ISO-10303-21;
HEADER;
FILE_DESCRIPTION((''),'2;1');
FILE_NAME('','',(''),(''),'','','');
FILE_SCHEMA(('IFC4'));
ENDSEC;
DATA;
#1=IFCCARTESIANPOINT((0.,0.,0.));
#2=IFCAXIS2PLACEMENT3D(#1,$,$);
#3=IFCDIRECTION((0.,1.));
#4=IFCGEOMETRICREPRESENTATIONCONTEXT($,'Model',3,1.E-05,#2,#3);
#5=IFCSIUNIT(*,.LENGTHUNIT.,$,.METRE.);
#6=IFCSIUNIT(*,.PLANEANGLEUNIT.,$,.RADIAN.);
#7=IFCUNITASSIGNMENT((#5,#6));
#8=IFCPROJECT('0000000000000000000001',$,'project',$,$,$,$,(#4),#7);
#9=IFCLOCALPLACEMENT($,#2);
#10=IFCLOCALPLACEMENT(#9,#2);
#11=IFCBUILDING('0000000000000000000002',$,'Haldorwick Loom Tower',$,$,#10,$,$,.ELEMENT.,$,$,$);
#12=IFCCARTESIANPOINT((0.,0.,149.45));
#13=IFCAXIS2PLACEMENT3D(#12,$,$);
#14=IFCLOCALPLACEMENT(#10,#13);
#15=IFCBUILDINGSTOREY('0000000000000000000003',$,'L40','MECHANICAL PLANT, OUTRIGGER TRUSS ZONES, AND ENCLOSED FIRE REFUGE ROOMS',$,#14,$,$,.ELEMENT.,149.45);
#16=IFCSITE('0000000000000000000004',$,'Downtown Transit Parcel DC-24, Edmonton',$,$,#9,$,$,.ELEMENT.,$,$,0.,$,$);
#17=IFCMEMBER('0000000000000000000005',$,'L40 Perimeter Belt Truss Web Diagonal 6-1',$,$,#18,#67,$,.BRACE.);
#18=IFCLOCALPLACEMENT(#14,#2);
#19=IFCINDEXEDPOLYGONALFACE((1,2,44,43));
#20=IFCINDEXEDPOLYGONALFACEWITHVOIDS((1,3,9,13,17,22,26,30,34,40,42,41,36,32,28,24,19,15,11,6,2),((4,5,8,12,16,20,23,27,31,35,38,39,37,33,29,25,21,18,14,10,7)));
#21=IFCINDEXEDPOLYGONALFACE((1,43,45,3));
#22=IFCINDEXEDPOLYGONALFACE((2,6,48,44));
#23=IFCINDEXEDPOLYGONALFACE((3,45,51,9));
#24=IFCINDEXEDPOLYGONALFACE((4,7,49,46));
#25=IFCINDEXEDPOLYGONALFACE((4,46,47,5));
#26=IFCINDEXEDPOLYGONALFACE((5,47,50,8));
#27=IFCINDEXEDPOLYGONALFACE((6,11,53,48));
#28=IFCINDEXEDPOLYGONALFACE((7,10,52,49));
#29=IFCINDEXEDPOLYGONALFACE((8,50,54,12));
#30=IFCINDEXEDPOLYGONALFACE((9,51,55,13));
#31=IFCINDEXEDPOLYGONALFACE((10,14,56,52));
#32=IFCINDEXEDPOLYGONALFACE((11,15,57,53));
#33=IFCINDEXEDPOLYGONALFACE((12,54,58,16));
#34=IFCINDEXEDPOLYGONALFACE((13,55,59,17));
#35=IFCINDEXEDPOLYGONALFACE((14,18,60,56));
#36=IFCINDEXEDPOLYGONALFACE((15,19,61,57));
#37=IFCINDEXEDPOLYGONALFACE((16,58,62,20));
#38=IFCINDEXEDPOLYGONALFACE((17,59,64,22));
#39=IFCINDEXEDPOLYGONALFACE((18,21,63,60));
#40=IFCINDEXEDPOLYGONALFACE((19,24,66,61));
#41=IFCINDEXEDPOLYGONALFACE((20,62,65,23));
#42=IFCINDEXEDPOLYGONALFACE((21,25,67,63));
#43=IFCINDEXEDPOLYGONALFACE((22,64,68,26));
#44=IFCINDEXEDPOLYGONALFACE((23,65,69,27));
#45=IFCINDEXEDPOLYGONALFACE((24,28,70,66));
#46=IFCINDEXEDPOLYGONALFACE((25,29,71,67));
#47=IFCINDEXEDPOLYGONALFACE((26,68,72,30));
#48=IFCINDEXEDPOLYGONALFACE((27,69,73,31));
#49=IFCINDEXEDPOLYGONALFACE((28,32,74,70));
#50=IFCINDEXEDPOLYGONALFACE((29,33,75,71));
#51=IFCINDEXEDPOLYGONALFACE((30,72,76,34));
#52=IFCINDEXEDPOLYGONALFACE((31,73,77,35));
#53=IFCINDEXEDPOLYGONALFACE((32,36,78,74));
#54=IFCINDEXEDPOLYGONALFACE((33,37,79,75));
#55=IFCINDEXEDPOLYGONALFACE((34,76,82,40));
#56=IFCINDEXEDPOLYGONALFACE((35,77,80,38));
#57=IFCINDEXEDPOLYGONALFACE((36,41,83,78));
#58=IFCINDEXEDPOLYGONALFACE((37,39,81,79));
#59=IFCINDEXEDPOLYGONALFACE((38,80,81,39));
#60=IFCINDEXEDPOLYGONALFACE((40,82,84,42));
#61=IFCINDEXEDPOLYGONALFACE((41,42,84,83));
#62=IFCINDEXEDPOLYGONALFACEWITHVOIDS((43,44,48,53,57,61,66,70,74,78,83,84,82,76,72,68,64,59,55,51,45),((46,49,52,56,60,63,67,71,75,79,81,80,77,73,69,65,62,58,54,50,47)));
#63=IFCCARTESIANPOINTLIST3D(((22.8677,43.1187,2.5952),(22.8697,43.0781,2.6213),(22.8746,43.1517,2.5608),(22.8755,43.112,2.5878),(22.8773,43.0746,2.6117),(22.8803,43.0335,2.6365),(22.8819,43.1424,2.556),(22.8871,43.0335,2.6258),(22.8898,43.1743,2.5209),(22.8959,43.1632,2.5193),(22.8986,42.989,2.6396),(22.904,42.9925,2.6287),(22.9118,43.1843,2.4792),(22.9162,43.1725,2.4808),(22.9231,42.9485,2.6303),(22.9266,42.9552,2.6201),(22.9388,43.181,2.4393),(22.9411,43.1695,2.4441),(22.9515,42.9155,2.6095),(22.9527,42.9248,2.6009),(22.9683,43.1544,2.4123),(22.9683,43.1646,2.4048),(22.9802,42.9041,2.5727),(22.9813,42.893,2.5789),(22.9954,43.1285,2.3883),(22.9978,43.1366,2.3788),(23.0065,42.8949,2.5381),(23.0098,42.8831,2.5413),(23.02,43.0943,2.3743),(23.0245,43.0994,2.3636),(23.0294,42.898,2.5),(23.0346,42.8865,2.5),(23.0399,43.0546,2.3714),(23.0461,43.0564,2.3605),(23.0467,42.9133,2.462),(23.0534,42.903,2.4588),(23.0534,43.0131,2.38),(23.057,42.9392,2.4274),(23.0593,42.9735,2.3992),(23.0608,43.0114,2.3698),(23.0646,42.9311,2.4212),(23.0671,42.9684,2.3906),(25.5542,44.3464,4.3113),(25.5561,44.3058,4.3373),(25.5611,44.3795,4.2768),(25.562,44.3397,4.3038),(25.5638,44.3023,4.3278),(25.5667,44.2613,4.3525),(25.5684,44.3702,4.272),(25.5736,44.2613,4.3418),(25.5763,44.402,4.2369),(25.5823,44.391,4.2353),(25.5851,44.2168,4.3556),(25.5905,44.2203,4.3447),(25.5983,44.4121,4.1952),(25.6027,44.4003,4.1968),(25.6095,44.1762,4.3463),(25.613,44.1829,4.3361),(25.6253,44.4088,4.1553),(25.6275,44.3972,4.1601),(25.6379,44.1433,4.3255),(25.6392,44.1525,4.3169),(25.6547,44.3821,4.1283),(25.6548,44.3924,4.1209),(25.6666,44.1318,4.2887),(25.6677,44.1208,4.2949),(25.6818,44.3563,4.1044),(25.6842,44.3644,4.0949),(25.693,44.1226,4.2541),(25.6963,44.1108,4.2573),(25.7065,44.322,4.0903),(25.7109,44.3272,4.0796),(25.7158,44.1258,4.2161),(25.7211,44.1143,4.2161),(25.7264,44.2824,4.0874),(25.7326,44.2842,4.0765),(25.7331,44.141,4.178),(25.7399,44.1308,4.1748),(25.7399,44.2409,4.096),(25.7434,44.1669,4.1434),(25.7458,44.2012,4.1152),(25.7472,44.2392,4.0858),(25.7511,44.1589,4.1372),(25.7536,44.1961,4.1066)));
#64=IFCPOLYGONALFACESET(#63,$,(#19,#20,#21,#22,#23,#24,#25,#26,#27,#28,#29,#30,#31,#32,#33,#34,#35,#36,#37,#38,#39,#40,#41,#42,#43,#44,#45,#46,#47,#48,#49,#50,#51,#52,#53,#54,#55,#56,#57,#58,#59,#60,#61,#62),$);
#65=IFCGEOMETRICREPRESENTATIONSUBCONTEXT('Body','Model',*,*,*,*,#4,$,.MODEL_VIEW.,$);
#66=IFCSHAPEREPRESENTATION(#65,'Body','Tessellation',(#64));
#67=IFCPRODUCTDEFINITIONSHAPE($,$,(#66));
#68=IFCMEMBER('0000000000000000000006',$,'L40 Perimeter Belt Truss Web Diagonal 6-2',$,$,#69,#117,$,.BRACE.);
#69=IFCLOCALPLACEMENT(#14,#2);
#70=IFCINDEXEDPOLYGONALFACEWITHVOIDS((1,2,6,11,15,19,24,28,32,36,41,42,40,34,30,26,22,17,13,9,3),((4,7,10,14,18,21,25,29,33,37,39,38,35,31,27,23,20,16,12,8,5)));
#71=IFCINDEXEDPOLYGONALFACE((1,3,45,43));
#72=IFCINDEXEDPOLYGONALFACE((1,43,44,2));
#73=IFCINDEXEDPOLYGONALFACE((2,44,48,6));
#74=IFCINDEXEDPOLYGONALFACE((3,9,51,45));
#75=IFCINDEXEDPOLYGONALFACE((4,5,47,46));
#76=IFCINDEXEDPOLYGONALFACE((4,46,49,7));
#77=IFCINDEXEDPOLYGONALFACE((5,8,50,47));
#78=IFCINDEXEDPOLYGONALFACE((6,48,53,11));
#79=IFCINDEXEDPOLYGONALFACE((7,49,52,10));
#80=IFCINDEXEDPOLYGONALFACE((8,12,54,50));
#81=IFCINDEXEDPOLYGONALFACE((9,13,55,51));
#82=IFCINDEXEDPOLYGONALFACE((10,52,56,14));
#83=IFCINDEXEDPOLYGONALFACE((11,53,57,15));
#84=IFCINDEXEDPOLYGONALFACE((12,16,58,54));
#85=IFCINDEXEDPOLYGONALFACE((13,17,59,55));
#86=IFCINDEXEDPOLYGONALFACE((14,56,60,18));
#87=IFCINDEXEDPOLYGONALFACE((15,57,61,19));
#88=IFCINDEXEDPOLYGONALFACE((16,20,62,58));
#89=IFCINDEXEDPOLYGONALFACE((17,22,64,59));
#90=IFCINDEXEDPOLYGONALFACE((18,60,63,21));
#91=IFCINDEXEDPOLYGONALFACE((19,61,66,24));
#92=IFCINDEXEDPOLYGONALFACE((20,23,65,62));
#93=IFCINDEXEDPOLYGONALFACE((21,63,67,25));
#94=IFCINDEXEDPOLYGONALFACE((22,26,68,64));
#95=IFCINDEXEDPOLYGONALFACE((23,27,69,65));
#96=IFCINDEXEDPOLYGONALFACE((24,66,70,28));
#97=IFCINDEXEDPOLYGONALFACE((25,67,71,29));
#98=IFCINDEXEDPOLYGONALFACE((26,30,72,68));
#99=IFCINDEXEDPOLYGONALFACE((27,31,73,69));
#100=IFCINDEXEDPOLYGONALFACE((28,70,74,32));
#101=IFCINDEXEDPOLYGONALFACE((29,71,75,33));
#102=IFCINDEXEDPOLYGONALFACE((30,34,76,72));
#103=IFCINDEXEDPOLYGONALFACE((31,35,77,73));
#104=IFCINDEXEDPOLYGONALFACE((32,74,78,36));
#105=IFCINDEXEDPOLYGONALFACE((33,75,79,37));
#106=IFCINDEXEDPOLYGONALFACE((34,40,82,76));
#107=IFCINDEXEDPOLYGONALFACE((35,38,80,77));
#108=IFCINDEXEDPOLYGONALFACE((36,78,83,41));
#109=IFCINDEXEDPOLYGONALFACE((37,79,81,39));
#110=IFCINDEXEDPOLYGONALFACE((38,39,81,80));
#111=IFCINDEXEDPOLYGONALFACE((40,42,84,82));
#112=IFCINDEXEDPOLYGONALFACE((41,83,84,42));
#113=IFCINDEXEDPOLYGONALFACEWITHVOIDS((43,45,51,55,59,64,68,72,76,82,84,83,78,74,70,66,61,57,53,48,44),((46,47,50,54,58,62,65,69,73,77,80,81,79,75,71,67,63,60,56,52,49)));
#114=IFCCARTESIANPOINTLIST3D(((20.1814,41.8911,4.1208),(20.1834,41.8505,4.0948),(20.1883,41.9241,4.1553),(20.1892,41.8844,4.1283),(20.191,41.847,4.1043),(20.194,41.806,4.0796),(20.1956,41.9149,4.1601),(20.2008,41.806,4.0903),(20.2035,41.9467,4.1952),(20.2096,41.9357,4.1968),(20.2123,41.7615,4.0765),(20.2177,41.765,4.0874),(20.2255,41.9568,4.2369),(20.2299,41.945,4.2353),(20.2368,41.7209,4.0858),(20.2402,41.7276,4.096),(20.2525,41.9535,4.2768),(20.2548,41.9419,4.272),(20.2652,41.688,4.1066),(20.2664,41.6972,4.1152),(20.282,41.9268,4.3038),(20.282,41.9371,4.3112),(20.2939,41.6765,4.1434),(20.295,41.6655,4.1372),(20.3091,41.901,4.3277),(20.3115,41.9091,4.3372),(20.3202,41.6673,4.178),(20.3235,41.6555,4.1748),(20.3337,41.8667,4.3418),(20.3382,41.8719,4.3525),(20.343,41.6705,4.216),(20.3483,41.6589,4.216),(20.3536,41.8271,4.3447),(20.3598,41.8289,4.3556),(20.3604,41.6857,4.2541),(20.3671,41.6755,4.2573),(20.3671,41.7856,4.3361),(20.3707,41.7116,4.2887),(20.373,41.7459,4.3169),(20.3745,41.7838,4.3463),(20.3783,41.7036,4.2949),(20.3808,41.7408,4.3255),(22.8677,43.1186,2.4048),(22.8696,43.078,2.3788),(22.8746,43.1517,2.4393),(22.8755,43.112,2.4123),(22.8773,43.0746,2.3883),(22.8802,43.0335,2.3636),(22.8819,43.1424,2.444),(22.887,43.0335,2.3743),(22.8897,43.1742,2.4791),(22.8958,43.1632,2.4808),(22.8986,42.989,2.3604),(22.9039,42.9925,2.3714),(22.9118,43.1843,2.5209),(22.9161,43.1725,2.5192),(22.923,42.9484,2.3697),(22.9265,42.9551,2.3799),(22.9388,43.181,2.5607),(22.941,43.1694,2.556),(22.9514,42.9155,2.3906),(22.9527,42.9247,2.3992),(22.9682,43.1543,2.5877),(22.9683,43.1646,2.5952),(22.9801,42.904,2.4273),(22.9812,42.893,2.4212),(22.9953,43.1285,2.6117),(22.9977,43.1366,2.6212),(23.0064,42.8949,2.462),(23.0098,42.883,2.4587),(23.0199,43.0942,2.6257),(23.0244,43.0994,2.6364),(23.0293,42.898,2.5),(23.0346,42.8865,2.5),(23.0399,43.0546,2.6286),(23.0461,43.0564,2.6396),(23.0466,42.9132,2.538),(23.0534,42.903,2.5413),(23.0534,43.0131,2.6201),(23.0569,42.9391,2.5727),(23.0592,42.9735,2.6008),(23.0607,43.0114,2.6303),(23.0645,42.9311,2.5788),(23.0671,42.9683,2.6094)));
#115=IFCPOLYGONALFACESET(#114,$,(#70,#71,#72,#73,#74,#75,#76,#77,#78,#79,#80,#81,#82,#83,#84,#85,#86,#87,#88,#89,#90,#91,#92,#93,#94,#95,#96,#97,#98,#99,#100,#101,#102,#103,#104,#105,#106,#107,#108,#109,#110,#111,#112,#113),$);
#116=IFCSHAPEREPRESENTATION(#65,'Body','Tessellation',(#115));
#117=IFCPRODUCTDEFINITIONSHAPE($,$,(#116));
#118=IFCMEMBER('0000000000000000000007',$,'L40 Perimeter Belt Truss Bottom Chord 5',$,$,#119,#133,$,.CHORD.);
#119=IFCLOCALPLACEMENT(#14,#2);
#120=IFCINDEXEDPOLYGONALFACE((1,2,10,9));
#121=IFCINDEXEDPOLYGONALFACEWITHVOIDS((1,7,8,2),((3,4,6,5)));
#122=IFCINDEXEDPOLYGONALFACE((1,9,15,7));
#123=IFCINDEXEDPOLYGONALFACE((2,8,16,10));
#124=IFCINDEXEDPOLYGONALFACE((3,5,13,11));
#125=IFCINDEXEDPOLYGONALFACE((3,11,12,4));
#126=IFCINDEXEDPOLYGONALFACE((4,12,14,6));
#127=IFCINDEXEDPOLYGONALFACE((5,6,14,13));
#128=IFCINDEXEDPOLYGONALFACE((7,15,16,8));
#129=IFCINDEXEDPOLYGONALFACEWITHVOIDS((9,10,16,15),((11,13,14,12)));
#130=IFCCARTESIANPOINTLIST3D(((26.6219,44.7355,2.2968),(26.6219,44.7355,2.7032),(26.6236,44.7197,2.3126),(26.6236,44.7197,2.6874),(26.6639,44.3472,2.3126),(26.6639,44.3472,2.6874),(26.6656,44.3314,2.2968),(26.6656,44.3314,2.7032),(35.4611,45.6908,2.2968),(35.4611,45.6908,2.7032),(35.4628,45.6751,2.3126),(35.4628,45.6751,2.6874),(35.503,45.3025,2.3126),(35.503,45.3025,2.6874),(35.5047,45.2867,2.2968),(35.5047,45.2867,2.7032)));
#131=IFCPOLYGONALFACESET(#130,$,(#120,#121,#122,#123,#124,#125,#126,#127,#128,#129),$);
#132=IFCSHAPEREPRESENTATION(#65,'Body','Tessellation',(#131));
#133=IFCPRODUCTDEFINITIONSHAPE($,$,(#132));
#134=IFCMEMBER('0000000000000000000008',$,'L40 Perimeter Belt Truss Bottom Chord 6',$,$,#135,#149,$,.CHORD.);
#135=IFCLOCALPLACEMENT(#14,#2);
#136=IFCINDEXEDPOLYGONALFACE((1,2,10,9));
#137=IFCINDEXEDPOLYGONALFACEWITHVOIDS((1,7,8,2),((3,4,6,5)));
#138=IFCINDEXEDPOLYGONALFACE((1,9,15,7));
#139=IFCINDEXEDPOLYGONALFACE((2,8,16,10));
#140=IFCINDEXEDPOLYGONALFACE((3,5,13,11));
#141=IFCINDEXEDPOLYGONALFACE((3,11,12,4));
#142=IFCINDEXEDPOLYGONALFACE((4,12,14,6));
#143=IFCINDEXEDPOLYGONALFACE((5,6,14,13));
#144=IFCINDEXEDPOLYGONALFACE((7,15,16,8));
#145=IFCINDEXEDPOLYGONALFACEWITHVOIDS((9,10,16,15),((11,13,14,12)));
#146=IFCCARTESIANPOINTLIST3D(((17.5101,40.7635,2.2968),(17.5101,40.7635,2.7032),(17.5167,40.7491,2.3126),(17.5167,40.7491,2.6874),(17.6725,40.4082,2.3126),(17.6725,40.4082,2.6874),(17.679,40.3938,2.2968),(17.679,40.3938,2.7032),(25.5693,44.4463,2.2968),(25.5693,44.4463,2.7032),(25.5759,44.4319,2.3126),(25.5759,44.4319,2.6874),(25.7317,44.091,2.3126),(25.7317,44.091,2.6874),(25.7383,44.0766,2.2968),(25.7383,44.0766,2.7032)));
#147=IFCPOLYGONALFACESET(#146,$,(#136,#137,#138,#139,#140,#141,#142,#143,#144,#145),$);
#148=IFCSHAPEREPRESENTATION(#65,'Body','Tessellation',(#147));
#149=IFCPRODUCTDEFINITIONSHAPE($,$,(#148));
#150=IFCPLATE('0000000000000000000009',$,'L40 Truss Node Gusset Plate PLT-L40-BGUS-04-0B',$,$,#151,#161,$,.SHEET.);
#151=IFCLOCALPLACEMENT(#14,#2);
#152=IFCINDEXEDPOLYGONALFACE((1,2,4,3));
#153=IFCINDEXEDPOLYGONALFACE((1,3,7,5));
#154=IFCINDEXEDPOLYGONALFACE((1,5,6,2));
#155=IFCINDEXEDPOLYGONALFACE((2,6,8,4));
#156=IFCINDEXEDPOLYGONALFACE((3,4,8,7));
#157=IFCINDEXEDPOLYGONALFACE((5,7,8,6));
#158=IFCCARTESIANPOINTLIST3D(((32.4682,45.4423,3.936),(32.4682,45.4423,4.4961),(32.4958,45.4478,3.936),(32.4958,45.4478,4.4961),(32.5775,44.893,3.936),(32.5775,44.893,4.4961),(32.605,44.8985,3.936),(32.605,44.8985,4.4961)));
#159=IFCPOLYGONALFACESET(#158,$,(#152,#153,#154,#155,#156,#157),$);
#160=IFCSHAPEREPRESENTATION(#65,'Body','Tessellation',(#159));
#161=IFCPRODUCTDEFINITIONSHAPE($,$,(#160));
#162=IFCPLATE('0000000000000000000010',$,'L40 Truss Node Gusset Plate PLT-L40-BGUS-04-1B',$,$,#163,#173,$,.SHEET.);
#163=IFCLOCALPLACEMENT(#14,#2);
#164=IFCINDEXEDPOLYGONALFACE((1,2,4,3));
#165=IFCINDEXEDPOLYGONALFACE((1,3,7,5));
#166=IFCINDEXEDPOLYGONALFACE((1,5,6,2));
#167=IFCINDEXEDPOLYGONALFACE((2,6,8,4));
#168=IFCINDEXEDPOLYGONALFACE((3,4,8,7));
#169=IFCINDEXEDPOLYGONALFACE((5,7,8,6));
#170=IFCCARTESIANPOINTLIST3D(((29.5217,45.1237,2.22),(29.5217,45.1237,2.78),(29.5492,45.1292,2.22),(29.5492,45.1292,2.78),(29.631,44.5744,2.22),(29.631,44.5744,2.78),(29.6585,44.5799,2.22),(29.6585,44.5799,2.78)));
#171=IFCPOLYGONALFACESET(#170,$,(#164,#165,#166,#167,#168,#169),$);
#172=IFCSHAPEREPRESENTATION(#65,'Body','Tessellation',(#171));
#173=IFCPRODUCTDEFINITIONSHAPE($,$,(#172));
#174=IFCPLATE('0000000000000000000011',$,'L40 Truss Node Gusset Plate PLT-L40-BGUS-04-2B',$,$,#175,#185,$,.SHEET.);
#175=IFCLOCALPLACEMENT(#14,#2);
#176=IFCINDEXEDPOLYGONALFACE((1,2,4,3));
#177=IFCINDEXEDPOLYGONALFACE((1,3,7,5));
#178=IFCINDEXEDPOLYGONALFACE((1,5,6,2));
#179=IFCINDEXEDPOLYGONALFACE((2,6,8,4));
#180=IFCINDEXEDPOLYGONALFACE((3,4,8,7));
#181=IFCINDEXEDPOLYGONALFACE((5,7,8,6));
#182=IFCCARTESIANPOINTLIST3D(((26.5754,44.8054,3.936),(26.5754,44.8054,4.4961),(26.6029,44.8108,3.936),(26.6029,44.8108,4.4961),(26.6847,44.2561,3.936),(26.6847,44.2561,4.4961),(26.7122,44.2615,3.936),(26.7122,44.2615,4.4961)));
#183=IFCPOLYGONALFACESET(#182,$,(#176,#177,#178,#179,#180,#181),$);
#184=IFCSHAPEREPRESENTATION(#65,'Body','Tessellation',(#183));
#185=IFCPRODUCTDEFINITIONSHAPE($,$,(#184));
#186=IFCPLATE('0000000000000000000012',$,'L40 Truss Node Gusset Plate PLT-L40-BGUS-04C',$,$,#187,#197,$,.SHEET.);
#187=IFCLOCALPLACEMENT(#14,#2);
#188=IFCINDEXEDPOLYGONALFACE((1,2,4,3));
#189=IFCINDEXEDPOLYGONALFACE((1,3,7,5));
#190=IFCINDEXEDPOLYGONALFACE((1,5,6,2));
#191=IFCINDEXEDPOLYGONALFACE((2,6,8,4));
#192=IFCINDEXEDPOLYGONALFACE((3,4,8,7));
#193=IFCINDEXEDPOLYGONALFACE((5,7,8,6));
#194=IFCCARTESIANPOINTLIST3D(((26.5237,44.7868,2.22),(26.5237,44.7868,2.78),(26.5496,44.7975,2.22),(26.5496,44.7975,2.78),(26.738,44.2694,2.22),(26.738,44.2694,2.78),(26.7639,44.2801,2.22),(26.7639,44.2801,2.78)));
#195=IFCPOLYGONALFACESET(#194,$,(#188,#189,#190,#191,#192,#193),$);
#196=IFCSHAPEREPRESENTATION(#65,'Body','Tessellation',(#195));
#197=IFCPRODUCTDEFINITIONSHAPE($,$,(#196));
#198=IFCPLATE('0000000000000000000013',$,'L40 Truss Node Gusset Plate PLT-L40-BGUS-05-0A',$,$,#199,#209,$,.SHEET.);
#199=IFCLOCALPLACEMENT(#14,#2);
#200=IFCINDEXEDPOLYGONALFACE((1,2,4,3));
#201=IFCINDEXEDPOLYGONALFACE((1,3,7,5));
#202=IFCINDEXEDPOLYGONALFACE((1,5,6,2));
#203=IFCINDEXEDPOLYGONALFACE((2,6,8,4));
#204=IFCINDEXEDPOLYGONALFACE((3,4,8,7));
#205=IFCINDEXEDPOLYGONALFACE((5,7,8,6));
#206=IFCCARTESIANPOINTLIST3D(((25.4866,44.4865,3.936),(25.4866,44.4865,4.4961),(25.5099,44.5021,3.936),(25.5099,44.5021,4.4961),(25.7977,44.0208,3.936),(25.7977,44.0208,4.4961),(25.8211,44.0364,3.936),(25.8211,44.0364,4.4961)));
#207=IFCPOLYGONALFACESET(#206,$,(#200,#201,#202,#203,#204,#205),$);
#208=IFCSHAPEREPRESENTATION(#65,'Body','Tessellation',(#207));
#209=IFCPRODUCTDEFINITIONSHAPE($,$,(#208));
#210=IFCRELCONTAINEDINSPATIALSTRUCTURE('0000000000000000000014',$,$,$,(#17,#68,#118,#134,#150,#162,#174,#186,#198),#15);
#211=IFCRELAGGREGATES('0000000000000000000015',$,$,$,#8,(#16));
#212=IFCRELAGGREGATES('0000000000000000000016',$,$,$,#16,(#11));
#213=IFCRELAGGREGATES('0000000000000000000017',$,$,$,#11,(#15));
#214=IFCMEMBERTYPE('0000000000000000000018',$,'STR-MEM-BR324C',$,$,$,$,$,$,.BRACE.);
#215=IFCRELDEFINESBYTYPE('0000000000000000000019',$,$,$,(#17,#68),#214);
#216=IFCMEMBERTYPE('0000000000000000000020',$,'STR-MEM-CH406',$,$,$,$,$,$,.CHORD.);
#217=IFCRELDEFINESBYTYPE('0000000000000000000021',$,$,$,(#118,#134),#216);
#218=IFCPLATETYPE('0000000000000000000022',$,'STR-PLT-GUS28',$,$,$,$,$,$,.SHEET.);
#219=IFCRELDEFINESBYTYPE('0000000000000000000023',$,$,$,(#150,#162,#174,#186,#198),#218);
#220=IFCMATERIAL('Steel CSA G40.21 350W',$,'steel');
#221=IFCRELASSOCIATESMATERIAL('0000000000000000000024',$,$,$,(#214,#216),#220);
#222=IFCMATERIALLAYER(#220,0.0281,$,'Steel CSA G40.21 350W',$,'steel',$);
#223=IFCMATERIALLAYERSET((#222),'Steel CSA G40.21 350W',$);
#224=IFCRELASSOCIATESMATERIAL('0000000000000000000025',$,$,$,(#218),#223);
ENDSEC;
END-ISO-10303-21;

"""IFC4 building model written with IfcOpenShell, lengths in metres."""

from ifc_helpers import new_model, si_unit, direction, frame, origin, origin_2d, place, context, subcontext, project, spatial, rectangle, hollow_rectangle, hollow_circle, extrude, material, layer, layer_set, material_profile, profile_set, type_object, element, save


model = new_model("IFC4")

# Units and contexts
model_context = context("Model", 3, precision=1e-05, world=origin(), true_north=direction((0.0, 1.0)))
body_context = subcontext(model_context, "Body", "Model", "MODEL_VIEW")
ifc_project = project(units=[si_unit("LENGTHUNIT", "METRE"), si_unit("PLANEANGLEUNIT", "RADIAN")], contexts=[model_context])

# Site, building, storey
site_placement = place(None, origin())
site = spatial("IfcSite", under=ifc_project, at=site_placement, Name="Downtown Transit Parcel DC-24, Edmonton", CompositionType="ELEMENT", RefElevation=0.0)
building_placement = place(site_placement, origin())
building = spatial("IfcBuilding", under=site, at=building_placement, Name="Haldorwick Loom Tower", CompositionType="ELEMENT")
storey_placement = place(building_placement, frame((0.0, 0.0, 149.45)))
storey = spatial("IfcBuildingStorey", under=building, at=storey_placement, Name="L40", Description="MECHANICAL PLANT, OUTRIGGER TRUSS ZONES, AND ENCLOSED FIRE REFUGE ROOMS", CompositionType="ELEMENT", Elevation=149.45)

# Shared definitions
ifc_material_1 = material(Name="Steel CSA G40.21 350W", Category="steel")

# Members
ifc_material_profile_1 = material_profile(ifc_material_1, hollow_circle(Radius=0.1619, WallThickness=0.0127, at=origin_2d()), Name="HSS324X13", Category="steel")
ifc_profile_set_1 = profile_set([ifc_material_profile_1], Name="Steel CSA G40.21 350W")
member_type_1 = type_object("IfcMemberType", Name="STR-MEM-BR324C", PredefinedType="BRACE", material=ifc_profile_set_1)
member_1_placement = place(storey_placement, frame((25.6538, 44.2615, 4.2161), z_axis=(-0.78643, -0.359411, -0.502346), x_axis=(0.415664, -0.909518, 0.0)))
element("IfcMember", 1, at=member_1_placement, inside=storey, type_object=member_type_1, Name="L40 Perimeter Belt Truss Web Diagonal 6-1", PredefinedType="BRACE", context=body_context, shape_type="SweptSolid", body=[
    extrude(hollow_circle(Radius=0.1619, WallThickness=0.0127, at=origin_2d()), origin(), (0.0, 0.0, 1.0), 3.416),
])
member_2_placement = place(storey_placement, frame((22.9673, 43.0337, 2.5), z_axis=(-0.786423, -0.359369, 0.502387), x_axis=(0.415627, -0.909535, 0.0)))
element("IfcMember", 2, at=member_2_placement, inside=storey, type_object=member_type_1, Name="L40 Perimeter Belt Truss Web Diagonal 6-2", PredefinedType="BRACE", context=body_context, shape_type="SweptSolid", body=[
    extrude(hollow_circle(Radius=0.1619, WallThickness=0.0127, at=origin_2d()), origin(), (0.0, 0.0, 1.0), 3.4158),
])
ifc_material_profile_2 = material_profile(ifc_material_1, hollow_rectangle(XDim=0.4065, YDim=0.4065, WallThickness=0.0159, at=origin_2d()), Name="HSS406X406X16", Category="steel")
ifc_profile_set_2 = profile_set([ifc_material_profile_2], Name="Steel CSA G40.21 350W")
member_type_2 = type_object("IfcMemberType", Name="STR-MEM-CH406", PredefinedType="CHORD", material=ifc_profile_set_2)
member_3_placement = place(storey_placement, frame((35.4829, 45.4888, 2.5), z_axis=(-0.99421, -0.107453, 0.0), x_axis=(0.107453, -0.99421, 0.0)))
element("IfcMember", 3, at=member_3_placement, inside=storey, type_object=member_type_2, Name="L40 Perimeter Belt Truss Bottom Chord 5", PredefinedType="CHORD", context=body_context, shape_type="SweptSolid", body=[
    extrude(hollow_rectangle(XDim=0.4065, YDim=0.4065, WallThickness=0.0159, at=origin_2d()), origin(), (0.0, 0.0, 1.0), 8.8906),
])
member_4_placement = place(storey_placement, frame((25.6538, 44.2615, 2.5), z_axis=(-0.909534, -0.415629, 0.0), x_axis=(0.415629, -0.909534, 0.0)))
element("IfcMember", 4, at=member_4_placement, inside=storey, type_object=member_type_2, Name="L40 Perimeter Belt Truss Bottom Chord 6", PredefinedType="CHORD", context=body_context, shape_type="SweptSolid", body=[
    extrude(hollow_rectangle(XDim=0.4065, YDim=0.4065, WallThickness=0.0159, at=origin_2d()), origin(), (0.0, 0.0, 1.0), 8.8608),
])

# Plates
ifc_layer_1 = layer(ifc_material_1, 0.0281, Name="Steel CSA G40.21 350W", Category="steel")
ifc_layer_set_1 = layer_set([ifc_layer_1], Name="Steel CSA G40.21 350W")
plate_type = type_object("IfcPlateType", Name="STR-PLT-GUS28", PredefinedType="SHEET", material=ifc_layer_set_1)
for number, where, z_axis, x_axis, name in (
    (5, (32.5366, 45.1704, 3.936), (0.0, 0.0, 1.0), (-0.19509, 0.980785, 0.0), "L40 Truss Node Gusset Plate PLT-L40-BGUS-04-0B"),
    (6, (29.5901, 44.8518, 2.22), (0.0, 0.0, 1.0), (-0.19509, 0.980785, 0.0), "L40 Truss Node Gusset Plate PLT-L40-BGUS-04-1B"),
    (7, (26.6438, 44.5334, 3.936), (0.0, 0.0, 1.0), (-0.19509, 0.980785, 0.0), "L40 Truss Node Gusset Plate PLT-L40-BGUS-04-2B"),
    (8, (26.6438, 44.5334, 2.22), (0.0, 0.0, 1.0), (-0.382683, 0.92388, 0.0), "L40 Truss Node Gusset Plate PLT-L40-BGUS-04C"),
    (9, (25.6538, 44.2615, 3.936), (0.0, 0.0, 1.0), (-0.55557, 0.83147, 0.0), "L40 Truss Node Gusset Plate PLT-L40-BGUS-05-0A"),
):
    element("IfcPlate", number, at=place(storey_placement, frame(where, z_axis=z_axis, x_axis=x_axis)), inside=storey, type_object=plate_type, Name=name, PredefinedType="SHEET", context=body_context, shape_type="SweptSolid", body=[
        extrude(rectangle(XDim=0.5601, YDim=0.0281, at=origin_2d()), origin(), (0.0, 0.0, 1.0), 0.5601),
    ])

save(model, "model.ifc")
